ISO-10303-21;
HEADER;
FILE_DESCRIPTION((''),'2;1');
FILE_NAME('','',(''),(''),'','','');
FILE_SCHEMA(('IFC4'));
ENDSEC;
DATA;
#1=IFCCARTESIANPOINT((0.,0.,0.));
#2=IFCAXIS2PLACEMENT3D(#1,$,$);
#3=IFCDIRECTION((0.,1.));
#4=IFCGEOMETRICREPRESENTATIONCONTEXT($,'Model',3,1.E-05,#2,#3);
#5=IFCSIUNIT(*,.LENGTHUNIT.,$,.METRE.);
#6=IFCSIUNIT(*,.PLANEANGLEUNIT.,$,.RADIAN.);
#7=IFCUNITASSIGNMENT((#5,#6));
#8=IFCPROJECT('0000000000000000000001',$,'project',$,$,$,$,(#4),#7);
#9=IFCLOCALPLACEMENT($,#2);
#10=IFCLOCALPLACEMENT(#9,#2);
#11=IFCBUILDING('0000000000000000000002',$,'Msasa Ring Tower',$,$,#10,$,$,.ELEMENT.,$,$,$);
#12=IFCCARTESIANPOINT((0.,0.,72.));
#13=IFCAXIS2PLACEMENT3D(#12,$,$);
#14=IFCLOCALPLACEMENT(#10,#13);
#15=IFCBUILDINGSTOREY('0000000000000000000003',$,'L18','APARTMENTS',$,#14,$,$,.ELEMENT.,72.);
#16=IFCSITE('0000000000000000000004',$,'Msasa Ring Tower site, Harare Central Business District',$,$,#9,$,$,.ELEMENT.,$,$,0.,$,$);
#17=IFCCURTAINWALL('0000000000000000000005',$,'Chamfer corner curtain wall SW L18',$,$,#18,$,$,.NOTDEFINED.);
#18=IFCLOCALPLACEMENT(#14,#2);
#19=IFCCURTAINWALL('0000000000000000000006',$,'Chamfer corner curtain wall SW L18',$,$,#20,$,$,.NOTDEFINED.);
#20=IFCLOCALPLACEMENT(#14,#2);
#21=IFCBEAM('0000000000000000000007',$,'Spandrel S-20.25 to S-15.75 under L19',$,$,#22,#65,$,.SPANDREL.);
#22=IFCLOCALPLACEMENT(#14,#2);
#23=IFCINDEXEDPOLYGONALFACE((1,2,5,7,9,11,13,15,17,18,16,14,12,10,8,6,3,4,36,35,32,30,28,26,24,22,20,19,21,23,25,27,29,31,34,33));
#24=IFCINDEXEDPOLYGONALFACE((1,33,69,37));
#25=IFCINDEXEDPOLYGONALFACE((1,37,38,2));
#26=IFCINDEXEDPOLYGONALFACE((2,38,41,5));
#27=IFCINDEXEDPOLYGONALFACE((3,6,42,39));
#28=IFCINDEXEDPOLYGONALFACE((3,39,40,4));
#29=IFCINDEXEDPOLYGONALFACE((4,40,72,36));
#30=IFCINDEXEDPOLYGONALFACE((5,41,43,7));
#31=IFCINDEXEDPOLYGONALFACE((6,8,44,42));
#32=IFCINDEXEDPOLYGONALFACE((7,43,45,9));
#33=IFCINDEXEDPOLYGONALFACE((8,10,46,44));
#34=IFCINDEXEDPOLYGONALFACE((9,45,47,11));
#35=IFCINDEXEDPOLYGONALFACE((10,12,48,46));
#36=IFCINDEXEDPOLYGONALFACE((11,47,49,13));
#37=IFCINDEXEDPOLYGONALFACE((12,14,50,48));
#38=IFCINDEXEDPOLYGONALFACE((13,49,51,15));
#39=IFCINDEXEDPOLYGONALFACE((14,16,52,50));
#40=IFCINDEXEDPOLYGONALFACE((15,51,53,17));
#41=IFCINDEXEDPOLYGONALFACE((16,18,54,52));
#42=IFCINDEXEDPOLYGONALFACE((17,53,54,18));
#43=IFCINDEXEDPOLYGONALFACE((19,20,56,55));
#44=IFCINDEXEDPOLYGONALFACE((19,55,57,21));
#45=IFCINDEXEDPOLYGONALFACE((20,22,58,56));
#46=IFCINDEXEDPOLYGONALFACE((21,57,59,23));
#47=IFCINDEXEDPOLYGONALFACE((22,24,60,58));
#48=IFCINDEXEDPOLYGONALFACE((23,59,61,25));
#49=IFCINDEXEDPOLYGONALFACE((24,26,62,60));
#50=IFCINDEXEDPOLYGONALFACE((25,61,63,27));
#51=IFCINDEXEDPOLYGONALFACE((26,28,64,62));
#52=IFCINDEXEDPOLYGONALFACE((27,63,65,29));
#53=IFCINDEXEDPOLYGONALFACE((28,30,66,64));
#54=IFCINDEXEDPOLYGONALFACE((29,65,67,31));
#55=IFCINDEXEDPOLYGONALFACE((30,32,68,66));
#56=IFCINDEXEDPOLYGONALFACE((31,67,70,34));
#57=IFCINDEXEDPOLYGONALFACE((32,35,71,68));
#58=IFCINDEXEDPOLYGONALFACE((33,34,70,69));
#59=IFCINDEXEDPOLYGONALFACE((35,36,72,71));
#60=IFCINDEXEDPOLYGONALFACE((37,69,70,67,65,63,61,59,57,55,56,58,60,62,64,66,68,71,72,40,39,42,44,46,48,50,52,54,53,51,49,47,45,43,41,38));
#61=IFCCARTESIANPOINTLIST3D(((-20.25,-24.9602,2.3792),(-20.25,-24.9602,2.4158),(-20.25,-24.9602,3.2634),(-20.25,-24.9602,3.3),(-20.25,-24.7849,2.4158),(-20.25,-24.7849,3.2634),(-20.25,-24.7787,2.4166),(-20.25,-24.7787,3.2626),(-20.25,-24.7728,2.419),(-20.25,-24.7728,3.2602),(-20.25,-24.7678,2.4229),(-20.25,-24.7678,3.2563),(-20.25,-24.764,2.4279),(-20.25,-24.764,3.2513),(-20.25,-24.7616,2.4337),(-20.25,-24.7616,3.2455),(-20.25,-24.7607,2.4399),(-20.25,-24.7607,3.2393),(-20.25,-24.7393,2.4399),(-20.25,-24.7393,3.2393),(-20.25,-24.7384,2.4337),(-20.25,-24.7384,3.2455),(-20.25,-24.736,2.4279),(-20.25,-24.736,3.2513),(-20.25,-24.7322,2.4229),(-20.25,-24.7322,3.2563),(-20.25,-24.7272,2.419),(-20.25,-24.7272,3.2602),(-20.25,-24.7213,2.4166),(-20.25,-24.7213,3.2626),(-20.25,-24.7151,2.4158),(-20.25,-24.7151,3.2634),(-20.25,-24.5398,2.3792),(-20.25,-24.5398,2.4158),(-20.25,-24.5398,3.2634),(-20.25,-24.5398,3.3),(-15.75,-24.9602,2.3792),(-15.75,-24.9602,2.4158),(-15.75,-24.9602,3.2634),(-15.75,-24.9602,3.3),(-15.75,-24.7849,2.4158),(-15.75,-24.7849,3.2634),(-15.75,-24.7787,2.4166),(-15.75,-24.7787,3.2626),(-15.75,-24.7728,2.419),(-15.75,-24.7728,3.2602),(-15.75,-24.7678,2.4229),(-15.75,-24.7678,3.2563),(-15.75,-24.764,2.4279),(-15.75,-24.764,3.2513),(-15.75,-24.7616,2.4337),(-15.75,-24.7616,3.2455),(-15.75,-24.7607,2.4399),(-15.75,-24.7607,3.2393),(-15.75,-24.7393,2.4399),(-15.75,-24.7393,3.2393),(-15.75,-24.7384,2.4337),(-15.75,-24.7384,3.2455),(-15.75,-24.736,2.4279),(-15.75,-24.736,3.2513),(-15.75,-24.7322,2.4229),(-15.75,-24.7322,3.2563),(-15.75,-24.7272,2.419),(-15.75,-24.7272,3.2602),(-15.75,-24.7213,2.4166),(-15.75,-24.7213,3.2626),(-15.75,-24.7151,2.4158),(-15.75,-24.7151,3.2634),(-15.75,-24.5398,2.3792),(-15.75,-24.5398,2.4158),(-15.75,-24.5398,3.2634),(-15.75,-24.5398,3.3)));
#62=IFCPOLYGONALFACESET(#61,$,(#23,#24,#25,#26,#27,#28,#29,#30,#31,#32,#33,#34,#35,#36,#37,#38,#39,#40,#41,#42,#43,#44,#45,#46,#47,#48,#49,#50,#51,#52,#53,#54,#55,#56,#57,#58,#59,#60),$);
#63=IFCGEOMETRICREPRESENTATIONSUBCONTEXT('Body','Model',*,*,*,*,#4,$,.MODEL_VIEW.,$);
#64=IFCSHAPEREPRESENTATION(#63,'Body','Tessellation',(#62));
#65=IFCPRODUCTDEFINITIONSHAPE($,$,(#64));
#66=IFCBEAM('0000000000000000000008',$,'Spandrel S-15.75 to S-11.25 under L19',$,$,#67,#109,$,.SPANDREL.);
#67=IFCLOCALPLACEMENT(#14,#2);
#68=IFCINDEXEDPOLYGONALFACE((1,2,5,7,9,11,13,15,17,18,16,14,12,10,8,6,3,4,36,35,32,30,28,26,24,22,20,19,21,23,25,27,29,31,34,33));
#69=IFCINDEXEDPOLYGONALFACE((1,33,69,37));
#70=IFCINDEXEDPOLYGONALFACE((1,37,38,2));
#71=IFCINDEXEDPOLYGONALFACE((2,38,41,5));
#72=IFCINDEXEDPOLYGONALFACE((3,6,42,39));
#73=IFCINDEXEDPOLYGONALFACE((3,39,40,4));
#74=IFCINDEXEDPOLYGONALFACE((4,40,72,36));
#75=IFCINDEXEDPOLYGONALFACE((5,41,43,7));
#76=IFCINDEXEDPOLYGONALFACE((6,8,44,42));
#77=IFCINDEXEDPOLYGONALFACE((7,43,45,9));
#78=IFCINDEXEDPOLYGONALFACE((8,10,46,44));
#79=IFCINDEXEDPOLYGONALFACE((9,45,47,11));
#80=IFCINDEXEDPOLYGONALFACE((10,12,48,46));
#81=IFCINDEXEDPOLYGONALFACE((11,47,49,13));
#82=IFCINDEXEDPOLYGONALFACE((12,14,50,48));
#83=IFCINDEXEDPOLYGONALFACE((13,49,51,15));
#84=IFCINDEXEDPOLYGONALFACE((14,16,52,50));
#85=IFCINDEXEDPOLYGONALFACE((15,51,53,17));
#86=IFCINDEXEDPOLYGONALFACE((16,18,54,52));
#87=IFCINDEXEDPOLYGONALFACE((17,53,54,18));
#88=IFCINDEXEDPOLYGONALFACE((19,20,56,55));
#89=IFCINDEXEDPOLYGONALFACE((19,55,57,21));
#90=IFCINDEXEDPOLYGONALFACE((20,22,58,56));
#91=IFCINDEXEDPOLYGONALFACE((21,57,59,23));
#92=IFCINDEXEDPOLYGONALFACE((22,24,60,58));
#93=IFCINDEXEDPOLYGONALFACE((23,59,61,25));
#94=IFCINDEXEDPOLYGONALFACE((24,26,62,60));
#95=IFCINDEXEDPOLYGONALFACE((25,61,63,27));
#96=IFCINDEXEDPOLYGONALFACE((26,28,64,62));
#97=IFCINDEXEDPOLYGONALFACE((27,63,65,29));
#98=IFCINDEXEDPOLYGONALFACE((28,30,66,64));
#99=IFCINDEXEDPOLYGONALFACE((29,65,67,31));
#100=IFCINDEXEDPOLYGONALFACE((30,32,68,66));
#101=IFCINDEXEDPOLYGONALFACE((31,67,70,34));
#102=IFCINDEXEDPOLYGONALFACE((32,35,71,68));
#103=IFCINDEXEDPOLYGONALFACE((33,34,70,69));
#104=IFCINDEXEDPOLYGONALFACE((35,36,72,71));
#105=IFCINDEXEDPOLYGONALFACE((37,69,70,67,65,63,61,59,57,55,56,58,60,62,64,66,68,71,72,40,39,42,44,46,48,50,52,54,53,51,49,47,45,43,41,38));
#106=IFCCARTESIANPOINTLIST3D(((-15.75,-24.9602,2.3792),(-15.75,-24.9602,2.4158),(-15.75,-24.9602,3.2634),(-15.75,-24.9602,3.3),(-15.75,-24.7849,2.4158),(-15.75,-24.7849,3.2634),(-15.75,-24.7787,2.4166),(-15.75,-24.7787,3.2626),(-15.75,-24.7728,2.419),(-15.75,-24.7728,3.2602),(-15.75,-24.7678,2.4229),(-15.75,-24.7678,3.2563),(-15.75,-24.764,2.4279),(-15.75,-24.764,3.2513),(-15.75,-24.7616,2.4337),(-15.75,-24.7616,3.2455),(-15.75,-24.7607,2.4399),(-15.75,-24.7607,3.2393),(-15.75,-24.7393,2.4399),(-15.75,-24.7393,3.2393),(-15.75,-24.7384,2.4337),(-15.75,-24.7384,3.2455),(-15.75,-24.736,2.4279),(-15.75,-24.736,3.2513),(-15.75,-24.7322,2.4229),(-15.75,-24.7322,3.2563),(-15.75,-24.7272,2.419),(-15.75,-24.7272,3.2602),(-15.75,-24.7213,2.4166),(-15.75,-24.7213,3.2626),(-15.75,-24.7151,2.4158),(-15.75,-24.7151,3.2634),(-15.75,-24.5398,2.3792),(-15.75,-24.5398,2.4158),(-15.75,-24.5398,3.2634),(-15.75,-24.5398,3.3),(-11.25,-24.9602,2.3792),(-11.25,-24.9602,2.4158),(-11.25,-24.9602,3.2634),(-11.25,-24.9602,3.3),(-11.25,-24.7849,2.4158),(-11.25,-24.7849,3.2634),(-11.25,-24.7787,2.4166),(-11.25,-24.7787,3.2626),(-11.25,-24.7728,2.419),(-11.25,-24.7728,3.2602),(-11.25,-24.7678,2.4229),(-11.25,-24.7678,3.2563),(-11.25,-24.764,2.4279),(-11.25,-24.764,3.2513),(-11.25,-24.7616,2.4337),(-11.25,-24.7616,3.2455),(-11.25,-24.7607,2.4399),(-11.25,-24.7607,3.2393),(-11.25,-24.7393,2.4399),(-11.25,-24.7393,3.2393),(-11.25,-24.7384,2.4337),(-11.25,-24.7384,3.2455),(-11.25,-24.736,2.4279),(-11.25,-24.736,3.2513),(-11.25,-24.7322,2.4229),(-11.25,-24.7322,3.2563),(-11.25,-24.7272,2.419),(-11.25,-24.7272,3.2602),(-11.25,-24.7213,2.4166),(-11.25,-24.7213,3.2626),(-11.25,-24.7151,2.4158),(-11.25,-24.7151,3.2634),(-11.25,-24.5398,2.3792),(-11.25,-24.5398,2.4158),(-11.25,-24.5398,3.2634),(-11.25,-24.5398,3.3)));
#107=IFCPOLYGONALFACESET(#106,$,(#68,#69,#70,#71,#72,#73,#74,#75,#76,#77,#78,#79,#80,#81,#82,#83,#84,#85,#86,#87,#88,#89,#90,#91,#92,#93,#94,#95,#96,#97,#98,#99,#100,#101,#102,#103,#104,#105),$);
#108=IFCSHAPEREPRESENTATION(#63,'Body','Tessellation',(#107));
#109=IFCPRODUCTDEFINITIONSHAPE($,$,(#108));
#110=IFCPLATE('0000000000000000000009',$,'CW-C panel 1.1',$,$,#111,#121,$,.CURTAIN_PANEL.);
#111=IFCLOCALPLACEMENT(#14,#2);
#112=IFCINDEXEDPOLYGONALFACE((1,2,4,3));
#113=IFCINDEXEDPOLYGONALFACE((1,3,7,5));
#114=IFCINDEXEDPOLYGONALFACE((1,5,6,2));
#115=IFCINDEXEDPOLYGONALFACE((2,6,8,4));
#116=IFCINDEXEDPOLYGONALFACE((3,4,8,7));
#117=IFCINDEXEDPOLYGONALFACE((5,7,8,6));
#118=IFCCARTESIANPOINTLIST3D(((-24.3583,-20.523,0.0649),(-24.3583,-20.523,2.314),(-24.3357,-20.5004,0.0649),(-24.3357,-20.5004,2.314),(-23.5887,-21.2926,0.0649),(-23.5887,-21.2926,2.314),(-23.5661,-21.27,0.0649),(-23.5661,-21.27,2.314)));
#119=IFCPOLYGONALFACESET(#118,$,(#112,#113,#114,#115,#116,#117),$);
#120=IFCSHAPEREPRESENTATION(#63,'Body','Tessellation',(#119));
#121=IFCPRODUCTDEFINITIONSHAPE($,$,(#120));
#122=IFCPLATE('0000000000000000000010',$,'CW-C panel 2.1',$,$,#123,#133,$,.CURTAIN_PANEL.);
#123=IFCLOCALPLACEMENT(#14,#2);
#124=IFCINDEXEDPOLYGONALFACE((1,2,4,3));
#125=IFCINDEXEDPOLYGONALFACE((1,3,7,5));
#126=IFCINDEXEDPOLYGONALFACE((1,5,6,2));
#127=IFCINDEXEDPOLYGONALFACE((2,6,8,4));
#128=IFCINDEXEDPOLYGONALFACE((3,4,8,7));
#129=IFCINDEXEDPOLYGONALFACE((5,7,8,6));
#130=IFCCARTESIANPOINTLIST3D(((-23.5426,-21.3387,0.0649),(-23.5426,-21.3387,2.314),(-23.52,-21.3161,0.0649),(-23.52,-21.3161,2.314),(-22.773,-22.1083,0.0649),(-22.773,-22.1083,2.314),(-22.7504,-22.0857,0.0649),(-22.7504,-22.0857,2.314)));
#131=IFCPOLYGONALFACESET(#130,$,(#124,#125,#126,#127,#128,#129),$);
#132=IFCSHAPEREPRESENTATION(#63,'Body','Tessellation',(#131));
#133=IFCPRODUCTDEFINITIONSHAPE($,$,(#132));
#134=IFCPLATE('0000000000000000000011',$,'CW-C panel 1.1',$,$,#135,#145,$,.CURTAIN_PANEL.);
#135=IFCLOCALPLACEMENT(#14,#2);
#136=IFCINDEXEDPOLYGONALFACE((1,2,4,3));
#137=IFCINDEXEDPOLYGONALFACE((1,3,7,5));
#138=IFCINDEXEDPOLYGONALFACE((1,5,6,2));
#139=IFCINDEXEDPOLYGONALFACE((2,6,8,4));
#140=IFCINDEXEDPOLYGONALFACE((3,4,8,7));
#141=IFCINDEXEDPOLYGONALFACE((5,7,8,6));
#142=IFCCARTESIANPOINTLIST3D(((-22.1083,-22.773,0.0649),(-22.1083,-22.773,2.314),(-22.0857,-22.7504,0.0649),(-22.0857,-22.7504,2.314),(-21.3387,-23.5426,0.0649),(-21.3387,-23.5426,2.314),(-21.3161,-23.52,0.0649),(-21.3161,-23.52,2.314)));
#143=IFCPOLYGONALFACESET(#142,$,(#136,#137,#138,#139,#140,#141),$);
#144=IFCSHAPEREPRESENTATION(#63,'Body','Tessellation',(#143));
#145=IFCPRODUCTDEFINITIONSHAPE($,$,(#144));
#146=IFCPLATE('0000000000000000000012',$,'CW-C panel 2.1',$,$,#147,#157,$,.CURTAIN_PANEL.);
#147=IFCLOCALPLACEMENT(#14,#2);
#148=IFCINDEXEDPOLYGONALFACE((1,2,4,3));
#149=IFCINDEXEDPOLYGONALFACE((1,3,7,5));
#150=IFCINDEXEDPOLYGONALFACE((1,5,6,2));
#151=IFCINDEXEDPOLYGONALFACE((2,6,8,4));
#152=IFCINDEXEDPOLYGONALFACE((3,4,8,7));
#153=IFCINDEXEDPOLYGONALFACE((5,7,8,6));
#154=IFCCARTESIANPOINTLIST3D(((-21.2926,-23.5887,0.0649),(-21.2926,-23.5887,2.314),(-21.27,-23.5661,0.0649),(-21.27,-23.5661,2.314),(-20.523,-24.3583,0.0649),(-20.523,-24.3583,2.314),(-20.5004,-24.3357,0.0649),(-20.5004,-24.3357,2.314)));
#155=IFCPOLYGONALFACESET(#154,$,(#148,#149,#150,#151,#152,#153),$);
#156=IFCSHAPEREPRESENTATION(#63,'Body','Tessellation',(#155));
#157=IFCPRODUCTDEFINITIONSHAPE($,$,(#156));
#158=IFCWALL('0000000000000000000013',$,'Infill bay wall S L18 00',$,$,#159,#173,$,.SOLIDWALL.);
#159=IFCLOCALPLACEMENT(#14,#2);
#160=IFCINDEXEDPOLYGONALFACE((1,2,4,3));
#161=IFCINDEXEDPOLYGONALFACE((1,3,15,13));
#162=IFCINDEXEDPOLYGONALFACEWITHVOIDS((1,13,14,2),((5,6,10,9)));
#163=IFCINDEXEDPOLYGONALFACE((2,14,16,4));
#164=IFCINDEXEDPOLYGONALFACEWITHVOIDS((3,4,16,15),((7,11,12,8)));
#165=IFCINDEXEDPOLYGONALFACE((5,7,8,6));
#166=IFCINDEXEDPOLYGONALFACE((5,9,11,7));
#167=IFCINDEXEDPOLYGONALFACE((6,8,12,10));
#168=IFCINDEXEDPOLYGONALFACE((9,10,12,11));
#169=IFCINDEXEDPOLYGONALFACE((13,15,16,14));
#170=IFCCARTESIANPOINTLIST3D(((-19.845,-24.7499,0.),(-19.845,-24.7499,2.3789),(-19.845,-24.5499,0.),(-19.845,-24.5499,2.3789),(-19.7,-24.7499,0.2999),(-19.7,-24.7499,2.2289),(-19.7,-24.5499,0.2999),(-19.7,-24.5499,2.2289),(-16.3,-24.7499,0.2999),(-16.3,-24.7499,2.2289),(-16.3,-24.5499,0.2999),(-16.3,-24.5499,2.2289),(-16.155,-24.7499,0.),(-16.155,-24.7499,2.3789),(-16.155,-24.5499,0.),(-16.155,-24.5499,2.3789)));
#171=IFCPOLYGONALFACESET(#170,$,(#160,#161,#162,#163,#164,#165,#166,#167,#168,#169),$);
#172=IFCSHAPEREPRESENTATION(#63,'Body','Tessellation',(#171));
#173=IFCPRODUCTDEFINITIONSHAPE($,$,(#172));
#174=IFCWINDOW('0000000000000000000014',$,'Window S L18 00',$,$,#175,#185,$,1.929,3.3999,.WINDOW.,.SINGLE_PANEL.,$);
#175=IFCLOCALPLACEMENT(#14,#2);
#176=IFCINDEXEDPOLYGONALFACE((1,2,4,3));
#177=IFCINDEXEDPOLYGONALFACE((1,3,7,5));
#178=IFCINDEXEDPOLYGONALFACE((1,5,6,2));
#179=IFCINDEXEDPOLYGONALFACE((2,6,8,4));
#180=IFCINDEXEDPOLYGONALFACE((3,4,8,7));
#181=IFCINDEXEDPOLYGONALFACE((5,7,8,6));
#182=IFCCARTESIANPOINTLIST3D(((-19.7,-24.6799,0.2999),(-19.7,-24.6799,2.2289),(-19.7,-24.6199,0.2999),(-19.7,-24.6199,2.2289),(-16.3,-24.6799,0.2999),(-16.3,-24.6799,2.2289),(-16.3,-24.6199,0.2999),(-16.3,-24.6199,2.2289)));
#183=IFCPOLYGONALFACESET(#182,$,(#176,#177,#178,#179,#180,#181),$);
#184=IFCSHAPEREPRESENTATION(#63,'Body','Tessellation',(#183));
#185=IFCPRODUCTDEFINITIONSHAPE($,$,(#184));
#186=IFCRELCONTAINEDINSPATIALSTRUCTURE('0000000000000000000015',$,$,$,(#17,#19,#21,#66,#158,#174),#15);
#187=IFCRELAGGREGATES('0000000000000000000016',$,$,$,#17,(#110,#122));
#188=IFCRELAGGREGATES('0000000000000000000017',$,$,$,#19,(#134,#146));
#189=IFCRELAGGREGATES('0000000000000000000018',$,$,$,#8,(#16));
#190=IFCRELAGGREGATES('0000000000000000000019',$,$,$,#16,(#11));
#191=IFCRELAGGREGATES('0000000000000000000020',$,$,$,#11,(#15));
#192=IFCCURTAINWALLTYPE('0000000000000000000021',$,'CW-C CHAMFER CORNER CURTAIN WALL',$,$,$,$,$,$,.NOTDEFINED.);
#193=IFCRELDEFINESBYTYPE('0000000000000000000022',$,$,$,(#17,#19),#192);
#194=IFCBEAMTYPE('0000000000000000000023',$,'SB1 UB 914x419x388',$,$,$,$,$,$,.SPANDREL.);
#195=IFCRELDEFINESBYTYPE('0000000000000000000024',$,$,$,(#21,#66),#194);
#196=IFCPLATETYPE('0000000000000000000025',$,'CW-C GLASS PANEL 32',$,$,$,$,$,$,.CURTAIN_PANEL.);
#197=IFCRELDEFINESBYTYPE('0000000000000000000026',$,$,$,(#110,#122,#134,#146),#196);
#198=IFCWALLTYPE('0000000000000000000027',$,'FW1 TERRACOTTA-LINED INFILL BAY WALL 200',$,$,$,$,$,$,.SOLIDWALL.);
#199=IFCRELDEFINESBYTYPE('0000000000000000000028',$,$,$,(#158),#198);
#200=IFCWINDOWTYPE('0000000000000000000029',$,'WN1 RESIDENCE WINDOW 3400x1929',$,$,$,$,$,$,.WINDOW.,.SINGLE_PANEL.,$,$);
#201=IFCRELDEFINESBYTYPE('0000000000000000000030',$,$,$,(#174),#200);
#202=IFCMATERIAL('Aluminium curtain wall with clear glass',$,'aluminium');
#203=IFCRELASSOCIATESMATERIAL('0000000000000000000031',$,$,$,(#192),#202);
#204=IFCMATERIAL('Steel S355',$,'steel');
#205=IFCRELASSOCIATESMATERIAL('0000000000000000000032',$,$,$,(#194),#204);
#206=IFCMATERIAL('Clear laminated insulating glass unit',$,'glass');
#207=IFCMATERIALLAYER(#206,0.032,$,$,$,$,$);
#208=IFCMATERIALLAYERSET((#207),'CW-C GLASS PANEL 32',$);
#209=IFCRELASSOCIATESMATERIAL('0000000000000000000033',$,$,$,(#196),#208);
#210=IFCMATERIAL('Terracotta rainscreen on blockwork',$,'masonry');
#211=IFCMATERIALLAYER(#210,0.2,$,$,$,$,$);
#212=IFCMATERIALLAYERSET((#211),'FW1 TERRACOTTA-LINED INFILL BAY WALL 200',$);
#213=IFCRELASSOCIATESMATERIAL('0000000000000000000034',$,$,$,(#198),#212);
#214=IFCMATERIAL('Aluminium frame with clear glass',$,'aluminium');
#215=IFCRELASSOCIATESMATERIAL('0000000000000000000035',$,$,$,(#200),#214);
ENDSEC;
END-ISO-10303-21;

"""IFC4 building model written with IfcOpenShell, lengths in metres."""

from ifc_helpers import new_model, si_unit, direction, frame, frame_2d, origin, origin_2d, place, context, subcontext, project, spatial, rectangle, i_section, extrude, material, layer, layer_set, material_profile, profile_set, type_object, element, fill, aggregate, save


model = new_model("IFC4")

# Units and contexts
model_context = context("Model", 3, precision=1e-05, world=origin(), true_north=direction((0.0, 1.0)))
body_context = subcontext(model_context, "Body", "Model", "MODEL_VIEW")
ifc_project = project(units=[si_unit("LENGTHUNIT", "METRE"), si_unit("PLANEANGLEUNIT", "RADIAN")], contexts=[model_context])

# Site, building, storey
site_placement = place(None, origin())
site = spatial("IfcSite", under=ifc_project, at=site_placement, Name="Msasa Ring Tower site, Harare Central Business District", CompositionType="ELEMENT", RefElevation=0.0)
building_placement = place(site_placement, origin())
building = spatial("IfcBuilding", under=site, at=building_placement, Name="Msasa Ring Tower", CompositionType="ELEMENT")
storey_placement = place(building_placement, frame((0.0, 0.0, 72.0)))
storey = spatial("IfcBuildingStorey", under=building, at=storey_placement, Name="L18", Description="APARTMENTS", CompositionType="ELEMENT", Elevation=72.0)

# Curtain walls
ifc_material_1 = material(Name="Aluminium curtain wall with clear glass", Category="aluminium")
curtain_wall_type = type_object("IfcCurtainWallType", Name="CW-C CHAMFER CORNER CURTAIN WALL", PredefinedType="NOTDEFINED", material=ifc_material_1)
curtain_wall_1_placement = place(storey_placement, origin())
curtain_wall_1 = element("IfcCurtainWall", 1, at=curtain_wall_1_placement, inside=storey, type_object=curtain_wall_type, Name="Chamfer corner curtain wall SW L18", PredefinedType="NOTDEFINED")
curtain_wall_2_placement = place(storey_placement, origin())
curtain_wall_2 = element("IfcCurtainWall", 2, at=curtain_wall_2_placement, inside=storey, type_object=curtain_wall_type, Name="Chamfer corner curtain wall SW L18", PredefinedType="NOTDEFINED")

# Beams
ifc_material_2 = material(Name="Steel S355", Category="steel")
ifc_material_profile_1 = material_profile(ifc_material_2, i_section(OverallWidth=0.4204, OverallDepth=0.9209, WebThickness=0.0215, FlangeThickness=0.0366, FilletRadius=0.0242, at=origin_2d()), Name="UB 914x419x388")
ifc_profile_set_1 = profile_set([ifc_material_profile_1], Name="Steel S355")
beam_type_1 = type_object("IfcBeamType", Name="SB1 UB 914x419x388", PredefinedType="SPANDREL", material=ifc_profile_set_1)
for number, where, z_axis, x_axis, name in (
    (3, (-20.25, -24.75, 2.8396), (1.0, 0.0, 0.0), (0.0, 1.0, 0.0), "Spandrel S-20.25 to S-15.75 under L19"),
    (4, (-15.75, -24.75, 2.8396), (1.0, 0.0, 0.0), (0.0, 1.0, 0.0), "Spandrel S-15.75 to S-11.25 under L19"),
):
    element("IfcBeam", number, at=place(storey_placement, frame(where, z_axis=z_axis, x_axis=x_axis)), inside=storey, type_object=beam_type_1, Name=name, PredefinedType="SPANDREL", context=body_context, shape_type="SweptSolid", body=[
        extrude(i_section(OverallWidth=0.4204, OverallDepth=0.9209, WebThickness=0.0215, FlangeThickness=0.0366, FilletRadius=0.0242, at=origin_2d()), origin(), (0.0, 0.0, 1.0), 4.5),
    ])

# Plates
ifc_material_3 = material(Name="Clear laminated insulating glass unit", Category="glass")
ifc_layer_1 = layer(ifc_material_3, 0.032)
ifc_layer_set_1 = layer_set([ifc_layer_1], Name="CW-C GLASS PANEL 32")
plate_type = type_object("IfcPlateType", Name="CW-C GLASS PANEL 32", PredefinedType="CURTAIN_PANEL", material=ifc_layer_set_1)
plate_1_placement = place(storey_placement, frame((-23.9622, -20.8965, 0.0649), z_axis=(0.0, 0.0, 1.0), x_axis=(0.707107, -0.707107, 0.0)))
plate_1 = element("IfcPlate", 5, at=plate_1_placement, type_object=plate_type, Name="CW-C panel 1.1", PredefinedType="CURTAIN_PANEL", context=body_context, shape_type="SweptSolid", body=[
    extrude(rectangle(XDim=1.0884, YDim=0.032, at=origin_2d()), origin(), (0.0, 0.0, 1.0), 2.249),
])
plate_2_placement = place(storey_placement, frame((-23.1465, -21.7122, 0.0649), z_axis=(0.0, 0.0, 1.0), x_axis=(0.707107, -0.707107, 0.0)))
plate_2 = element("IfcPlate", 6, at=plate_2_placement, type_object=plate_type, Name="CW-C panel 2.1", PredefinedType="CURTAIN_PANEL", context=body_context, shape_type="SweptSolid", body=[
    extrude(rectangle(XDim=1.0884, YDim=0.032, at=origin_2d()), origin(), (0.0, 0.0, 1.0), 2.249),
])
aggregate(curtain_wall_1, [plate_1, plate_2])
plate_3_placement = place(storey_placement, frame((-21.7122, -23.1465, 0.0649), z_axis=(0.0, 0.0, 1.0), x_axis=(0.707107, -0.707107, 0.0)))
plate_3 = element("IfcPlate", 7, at=plate_3_placement, type_object=plate_type, Name="CW-C panel 1.1", PredefinedType="CURTAIN_PANEL", context=body_context, shape_type="SweptSolid", body=[
    extrude(rectangle(XDim=1.0884, YDim=0.032, at=origin_2d()), origin(), (0.0, 0.0, 1.0), 2.249),
])
plate_4_placement = place(storey_placement, frame((-20.8965, -23.9622, 0.0649), z_axis=(0.0, 0.0, 1.0), x_axis=(0.707107, -0.707107, 0.0)))
plate_4 = element("IfcPlate", 8, at=plate_4_placement, type_object=plate_type, Name="CW-C panel 2.1", PredefinedType="CURTAIN_PANEL", context=body_context, shape_type="SweptSolid", body=[
    extrude(rectangle(XDim=1.0884, YDim=0.032, at=origin_2d()), origin(), (0.0, 0.0, 1.0), 2.249),
])
aggregate(curtain_wall_2, [plate_3, plate_4])

# Wall, opening, window
ifc_material_4 = material(Name="Terracotta rainscreen on blockwork", Category="masonry")
ifc_layer_2 = layer(ifc_material_4, 0.2)
ifc_layer_set_2 = layer_set([ifc_layer_2], Name="FW1 TERRACOTTA-LINED INFILL BAY WALL 200")
wall_type_1 = type_object("IfcWallType", Name="FW1 TERRACOTTA-LINED INFILL BAY WALL 200", PredefinedType="SOLIDWALL", material=ifc_layer_set_2)
wall_1_placement = place(storey_placement, frame((-19.845, -24.6499, 0.0), z_axis=(0.0, 0.0, 1.0), x_axis=(1.0, 0.0, 0.0)))
wall_1 = element("IfcWall", 9, at=wall_1_placement, inside=storey, type_object=wall_type_1, Name="Infill bay wall S L18 00", PredefinedType="SOLIDWALL", context=body_context, shape_type="SweptSolid", body=[
    extrude(rectangle(XDim=3.6899, YDim=0.2, at=frame_2d((1.845, 0.0))), origin(), (0.0, 0.0, 1.0), 2.3789),
])
opening_1_placement = place(wall_1_placement, frame((0.145, 0.0, 0.3)))
opening_1 = element("IfcOpeningElement", 10, at=opening_1_placement, cuts=wall_1, PredefinedType="OPENING", context=body_context, shape_type="SweptSolid", body=[
    extrude(rectangle(XDim=3.3999, YDim=1.929, at=frame_2d((1.7, 0.9644))), frame((0.0, 0.1099, 0.0), z_axis=(0.0, -1.0, 0.0), x_axis=(1.0, 0.0, 0.0)), (0.0, 0.0, 1.0), 0.22),
])
ifc_material_5 = material(Name="Aluminium frame with clear glass", Category="aluminium")
window_type = type_object("IfcWindowType", Name="WN1 RESIDENCE WINDOW 3400x1929", PartitioningType="SINGLE_PANEL", PredefinedType="WINDOW", material=ifc_material_5)
window_1_placement = place(opening_1_placement, origin())
window_1 = element("IfcWindow", 11, at=window_1_placement, inside=storey, type_object=window_type, Name="Window S L18 00", OverallHeight=1.929, OverallWidth=3.3999, PartitioningType="SINGLE_PANEL", PredefinedType="WINDOW", context=body_context, shape_type="SweptSolid", body=[
    extrude(rectangle(XDim=3.3999, YDim=1.929, at=frame_2d((1.7, 0.9644))), frame((0.0, 0.03, 0.0), z_axis=(0.0, -1.0, 0.0), x_axis=(1.0, 0.0, 0.0)), (0.0, 0.0, 1.0), 0.0601),
])
fill(opening_1, window_1)

save(model, "model.ifc")
